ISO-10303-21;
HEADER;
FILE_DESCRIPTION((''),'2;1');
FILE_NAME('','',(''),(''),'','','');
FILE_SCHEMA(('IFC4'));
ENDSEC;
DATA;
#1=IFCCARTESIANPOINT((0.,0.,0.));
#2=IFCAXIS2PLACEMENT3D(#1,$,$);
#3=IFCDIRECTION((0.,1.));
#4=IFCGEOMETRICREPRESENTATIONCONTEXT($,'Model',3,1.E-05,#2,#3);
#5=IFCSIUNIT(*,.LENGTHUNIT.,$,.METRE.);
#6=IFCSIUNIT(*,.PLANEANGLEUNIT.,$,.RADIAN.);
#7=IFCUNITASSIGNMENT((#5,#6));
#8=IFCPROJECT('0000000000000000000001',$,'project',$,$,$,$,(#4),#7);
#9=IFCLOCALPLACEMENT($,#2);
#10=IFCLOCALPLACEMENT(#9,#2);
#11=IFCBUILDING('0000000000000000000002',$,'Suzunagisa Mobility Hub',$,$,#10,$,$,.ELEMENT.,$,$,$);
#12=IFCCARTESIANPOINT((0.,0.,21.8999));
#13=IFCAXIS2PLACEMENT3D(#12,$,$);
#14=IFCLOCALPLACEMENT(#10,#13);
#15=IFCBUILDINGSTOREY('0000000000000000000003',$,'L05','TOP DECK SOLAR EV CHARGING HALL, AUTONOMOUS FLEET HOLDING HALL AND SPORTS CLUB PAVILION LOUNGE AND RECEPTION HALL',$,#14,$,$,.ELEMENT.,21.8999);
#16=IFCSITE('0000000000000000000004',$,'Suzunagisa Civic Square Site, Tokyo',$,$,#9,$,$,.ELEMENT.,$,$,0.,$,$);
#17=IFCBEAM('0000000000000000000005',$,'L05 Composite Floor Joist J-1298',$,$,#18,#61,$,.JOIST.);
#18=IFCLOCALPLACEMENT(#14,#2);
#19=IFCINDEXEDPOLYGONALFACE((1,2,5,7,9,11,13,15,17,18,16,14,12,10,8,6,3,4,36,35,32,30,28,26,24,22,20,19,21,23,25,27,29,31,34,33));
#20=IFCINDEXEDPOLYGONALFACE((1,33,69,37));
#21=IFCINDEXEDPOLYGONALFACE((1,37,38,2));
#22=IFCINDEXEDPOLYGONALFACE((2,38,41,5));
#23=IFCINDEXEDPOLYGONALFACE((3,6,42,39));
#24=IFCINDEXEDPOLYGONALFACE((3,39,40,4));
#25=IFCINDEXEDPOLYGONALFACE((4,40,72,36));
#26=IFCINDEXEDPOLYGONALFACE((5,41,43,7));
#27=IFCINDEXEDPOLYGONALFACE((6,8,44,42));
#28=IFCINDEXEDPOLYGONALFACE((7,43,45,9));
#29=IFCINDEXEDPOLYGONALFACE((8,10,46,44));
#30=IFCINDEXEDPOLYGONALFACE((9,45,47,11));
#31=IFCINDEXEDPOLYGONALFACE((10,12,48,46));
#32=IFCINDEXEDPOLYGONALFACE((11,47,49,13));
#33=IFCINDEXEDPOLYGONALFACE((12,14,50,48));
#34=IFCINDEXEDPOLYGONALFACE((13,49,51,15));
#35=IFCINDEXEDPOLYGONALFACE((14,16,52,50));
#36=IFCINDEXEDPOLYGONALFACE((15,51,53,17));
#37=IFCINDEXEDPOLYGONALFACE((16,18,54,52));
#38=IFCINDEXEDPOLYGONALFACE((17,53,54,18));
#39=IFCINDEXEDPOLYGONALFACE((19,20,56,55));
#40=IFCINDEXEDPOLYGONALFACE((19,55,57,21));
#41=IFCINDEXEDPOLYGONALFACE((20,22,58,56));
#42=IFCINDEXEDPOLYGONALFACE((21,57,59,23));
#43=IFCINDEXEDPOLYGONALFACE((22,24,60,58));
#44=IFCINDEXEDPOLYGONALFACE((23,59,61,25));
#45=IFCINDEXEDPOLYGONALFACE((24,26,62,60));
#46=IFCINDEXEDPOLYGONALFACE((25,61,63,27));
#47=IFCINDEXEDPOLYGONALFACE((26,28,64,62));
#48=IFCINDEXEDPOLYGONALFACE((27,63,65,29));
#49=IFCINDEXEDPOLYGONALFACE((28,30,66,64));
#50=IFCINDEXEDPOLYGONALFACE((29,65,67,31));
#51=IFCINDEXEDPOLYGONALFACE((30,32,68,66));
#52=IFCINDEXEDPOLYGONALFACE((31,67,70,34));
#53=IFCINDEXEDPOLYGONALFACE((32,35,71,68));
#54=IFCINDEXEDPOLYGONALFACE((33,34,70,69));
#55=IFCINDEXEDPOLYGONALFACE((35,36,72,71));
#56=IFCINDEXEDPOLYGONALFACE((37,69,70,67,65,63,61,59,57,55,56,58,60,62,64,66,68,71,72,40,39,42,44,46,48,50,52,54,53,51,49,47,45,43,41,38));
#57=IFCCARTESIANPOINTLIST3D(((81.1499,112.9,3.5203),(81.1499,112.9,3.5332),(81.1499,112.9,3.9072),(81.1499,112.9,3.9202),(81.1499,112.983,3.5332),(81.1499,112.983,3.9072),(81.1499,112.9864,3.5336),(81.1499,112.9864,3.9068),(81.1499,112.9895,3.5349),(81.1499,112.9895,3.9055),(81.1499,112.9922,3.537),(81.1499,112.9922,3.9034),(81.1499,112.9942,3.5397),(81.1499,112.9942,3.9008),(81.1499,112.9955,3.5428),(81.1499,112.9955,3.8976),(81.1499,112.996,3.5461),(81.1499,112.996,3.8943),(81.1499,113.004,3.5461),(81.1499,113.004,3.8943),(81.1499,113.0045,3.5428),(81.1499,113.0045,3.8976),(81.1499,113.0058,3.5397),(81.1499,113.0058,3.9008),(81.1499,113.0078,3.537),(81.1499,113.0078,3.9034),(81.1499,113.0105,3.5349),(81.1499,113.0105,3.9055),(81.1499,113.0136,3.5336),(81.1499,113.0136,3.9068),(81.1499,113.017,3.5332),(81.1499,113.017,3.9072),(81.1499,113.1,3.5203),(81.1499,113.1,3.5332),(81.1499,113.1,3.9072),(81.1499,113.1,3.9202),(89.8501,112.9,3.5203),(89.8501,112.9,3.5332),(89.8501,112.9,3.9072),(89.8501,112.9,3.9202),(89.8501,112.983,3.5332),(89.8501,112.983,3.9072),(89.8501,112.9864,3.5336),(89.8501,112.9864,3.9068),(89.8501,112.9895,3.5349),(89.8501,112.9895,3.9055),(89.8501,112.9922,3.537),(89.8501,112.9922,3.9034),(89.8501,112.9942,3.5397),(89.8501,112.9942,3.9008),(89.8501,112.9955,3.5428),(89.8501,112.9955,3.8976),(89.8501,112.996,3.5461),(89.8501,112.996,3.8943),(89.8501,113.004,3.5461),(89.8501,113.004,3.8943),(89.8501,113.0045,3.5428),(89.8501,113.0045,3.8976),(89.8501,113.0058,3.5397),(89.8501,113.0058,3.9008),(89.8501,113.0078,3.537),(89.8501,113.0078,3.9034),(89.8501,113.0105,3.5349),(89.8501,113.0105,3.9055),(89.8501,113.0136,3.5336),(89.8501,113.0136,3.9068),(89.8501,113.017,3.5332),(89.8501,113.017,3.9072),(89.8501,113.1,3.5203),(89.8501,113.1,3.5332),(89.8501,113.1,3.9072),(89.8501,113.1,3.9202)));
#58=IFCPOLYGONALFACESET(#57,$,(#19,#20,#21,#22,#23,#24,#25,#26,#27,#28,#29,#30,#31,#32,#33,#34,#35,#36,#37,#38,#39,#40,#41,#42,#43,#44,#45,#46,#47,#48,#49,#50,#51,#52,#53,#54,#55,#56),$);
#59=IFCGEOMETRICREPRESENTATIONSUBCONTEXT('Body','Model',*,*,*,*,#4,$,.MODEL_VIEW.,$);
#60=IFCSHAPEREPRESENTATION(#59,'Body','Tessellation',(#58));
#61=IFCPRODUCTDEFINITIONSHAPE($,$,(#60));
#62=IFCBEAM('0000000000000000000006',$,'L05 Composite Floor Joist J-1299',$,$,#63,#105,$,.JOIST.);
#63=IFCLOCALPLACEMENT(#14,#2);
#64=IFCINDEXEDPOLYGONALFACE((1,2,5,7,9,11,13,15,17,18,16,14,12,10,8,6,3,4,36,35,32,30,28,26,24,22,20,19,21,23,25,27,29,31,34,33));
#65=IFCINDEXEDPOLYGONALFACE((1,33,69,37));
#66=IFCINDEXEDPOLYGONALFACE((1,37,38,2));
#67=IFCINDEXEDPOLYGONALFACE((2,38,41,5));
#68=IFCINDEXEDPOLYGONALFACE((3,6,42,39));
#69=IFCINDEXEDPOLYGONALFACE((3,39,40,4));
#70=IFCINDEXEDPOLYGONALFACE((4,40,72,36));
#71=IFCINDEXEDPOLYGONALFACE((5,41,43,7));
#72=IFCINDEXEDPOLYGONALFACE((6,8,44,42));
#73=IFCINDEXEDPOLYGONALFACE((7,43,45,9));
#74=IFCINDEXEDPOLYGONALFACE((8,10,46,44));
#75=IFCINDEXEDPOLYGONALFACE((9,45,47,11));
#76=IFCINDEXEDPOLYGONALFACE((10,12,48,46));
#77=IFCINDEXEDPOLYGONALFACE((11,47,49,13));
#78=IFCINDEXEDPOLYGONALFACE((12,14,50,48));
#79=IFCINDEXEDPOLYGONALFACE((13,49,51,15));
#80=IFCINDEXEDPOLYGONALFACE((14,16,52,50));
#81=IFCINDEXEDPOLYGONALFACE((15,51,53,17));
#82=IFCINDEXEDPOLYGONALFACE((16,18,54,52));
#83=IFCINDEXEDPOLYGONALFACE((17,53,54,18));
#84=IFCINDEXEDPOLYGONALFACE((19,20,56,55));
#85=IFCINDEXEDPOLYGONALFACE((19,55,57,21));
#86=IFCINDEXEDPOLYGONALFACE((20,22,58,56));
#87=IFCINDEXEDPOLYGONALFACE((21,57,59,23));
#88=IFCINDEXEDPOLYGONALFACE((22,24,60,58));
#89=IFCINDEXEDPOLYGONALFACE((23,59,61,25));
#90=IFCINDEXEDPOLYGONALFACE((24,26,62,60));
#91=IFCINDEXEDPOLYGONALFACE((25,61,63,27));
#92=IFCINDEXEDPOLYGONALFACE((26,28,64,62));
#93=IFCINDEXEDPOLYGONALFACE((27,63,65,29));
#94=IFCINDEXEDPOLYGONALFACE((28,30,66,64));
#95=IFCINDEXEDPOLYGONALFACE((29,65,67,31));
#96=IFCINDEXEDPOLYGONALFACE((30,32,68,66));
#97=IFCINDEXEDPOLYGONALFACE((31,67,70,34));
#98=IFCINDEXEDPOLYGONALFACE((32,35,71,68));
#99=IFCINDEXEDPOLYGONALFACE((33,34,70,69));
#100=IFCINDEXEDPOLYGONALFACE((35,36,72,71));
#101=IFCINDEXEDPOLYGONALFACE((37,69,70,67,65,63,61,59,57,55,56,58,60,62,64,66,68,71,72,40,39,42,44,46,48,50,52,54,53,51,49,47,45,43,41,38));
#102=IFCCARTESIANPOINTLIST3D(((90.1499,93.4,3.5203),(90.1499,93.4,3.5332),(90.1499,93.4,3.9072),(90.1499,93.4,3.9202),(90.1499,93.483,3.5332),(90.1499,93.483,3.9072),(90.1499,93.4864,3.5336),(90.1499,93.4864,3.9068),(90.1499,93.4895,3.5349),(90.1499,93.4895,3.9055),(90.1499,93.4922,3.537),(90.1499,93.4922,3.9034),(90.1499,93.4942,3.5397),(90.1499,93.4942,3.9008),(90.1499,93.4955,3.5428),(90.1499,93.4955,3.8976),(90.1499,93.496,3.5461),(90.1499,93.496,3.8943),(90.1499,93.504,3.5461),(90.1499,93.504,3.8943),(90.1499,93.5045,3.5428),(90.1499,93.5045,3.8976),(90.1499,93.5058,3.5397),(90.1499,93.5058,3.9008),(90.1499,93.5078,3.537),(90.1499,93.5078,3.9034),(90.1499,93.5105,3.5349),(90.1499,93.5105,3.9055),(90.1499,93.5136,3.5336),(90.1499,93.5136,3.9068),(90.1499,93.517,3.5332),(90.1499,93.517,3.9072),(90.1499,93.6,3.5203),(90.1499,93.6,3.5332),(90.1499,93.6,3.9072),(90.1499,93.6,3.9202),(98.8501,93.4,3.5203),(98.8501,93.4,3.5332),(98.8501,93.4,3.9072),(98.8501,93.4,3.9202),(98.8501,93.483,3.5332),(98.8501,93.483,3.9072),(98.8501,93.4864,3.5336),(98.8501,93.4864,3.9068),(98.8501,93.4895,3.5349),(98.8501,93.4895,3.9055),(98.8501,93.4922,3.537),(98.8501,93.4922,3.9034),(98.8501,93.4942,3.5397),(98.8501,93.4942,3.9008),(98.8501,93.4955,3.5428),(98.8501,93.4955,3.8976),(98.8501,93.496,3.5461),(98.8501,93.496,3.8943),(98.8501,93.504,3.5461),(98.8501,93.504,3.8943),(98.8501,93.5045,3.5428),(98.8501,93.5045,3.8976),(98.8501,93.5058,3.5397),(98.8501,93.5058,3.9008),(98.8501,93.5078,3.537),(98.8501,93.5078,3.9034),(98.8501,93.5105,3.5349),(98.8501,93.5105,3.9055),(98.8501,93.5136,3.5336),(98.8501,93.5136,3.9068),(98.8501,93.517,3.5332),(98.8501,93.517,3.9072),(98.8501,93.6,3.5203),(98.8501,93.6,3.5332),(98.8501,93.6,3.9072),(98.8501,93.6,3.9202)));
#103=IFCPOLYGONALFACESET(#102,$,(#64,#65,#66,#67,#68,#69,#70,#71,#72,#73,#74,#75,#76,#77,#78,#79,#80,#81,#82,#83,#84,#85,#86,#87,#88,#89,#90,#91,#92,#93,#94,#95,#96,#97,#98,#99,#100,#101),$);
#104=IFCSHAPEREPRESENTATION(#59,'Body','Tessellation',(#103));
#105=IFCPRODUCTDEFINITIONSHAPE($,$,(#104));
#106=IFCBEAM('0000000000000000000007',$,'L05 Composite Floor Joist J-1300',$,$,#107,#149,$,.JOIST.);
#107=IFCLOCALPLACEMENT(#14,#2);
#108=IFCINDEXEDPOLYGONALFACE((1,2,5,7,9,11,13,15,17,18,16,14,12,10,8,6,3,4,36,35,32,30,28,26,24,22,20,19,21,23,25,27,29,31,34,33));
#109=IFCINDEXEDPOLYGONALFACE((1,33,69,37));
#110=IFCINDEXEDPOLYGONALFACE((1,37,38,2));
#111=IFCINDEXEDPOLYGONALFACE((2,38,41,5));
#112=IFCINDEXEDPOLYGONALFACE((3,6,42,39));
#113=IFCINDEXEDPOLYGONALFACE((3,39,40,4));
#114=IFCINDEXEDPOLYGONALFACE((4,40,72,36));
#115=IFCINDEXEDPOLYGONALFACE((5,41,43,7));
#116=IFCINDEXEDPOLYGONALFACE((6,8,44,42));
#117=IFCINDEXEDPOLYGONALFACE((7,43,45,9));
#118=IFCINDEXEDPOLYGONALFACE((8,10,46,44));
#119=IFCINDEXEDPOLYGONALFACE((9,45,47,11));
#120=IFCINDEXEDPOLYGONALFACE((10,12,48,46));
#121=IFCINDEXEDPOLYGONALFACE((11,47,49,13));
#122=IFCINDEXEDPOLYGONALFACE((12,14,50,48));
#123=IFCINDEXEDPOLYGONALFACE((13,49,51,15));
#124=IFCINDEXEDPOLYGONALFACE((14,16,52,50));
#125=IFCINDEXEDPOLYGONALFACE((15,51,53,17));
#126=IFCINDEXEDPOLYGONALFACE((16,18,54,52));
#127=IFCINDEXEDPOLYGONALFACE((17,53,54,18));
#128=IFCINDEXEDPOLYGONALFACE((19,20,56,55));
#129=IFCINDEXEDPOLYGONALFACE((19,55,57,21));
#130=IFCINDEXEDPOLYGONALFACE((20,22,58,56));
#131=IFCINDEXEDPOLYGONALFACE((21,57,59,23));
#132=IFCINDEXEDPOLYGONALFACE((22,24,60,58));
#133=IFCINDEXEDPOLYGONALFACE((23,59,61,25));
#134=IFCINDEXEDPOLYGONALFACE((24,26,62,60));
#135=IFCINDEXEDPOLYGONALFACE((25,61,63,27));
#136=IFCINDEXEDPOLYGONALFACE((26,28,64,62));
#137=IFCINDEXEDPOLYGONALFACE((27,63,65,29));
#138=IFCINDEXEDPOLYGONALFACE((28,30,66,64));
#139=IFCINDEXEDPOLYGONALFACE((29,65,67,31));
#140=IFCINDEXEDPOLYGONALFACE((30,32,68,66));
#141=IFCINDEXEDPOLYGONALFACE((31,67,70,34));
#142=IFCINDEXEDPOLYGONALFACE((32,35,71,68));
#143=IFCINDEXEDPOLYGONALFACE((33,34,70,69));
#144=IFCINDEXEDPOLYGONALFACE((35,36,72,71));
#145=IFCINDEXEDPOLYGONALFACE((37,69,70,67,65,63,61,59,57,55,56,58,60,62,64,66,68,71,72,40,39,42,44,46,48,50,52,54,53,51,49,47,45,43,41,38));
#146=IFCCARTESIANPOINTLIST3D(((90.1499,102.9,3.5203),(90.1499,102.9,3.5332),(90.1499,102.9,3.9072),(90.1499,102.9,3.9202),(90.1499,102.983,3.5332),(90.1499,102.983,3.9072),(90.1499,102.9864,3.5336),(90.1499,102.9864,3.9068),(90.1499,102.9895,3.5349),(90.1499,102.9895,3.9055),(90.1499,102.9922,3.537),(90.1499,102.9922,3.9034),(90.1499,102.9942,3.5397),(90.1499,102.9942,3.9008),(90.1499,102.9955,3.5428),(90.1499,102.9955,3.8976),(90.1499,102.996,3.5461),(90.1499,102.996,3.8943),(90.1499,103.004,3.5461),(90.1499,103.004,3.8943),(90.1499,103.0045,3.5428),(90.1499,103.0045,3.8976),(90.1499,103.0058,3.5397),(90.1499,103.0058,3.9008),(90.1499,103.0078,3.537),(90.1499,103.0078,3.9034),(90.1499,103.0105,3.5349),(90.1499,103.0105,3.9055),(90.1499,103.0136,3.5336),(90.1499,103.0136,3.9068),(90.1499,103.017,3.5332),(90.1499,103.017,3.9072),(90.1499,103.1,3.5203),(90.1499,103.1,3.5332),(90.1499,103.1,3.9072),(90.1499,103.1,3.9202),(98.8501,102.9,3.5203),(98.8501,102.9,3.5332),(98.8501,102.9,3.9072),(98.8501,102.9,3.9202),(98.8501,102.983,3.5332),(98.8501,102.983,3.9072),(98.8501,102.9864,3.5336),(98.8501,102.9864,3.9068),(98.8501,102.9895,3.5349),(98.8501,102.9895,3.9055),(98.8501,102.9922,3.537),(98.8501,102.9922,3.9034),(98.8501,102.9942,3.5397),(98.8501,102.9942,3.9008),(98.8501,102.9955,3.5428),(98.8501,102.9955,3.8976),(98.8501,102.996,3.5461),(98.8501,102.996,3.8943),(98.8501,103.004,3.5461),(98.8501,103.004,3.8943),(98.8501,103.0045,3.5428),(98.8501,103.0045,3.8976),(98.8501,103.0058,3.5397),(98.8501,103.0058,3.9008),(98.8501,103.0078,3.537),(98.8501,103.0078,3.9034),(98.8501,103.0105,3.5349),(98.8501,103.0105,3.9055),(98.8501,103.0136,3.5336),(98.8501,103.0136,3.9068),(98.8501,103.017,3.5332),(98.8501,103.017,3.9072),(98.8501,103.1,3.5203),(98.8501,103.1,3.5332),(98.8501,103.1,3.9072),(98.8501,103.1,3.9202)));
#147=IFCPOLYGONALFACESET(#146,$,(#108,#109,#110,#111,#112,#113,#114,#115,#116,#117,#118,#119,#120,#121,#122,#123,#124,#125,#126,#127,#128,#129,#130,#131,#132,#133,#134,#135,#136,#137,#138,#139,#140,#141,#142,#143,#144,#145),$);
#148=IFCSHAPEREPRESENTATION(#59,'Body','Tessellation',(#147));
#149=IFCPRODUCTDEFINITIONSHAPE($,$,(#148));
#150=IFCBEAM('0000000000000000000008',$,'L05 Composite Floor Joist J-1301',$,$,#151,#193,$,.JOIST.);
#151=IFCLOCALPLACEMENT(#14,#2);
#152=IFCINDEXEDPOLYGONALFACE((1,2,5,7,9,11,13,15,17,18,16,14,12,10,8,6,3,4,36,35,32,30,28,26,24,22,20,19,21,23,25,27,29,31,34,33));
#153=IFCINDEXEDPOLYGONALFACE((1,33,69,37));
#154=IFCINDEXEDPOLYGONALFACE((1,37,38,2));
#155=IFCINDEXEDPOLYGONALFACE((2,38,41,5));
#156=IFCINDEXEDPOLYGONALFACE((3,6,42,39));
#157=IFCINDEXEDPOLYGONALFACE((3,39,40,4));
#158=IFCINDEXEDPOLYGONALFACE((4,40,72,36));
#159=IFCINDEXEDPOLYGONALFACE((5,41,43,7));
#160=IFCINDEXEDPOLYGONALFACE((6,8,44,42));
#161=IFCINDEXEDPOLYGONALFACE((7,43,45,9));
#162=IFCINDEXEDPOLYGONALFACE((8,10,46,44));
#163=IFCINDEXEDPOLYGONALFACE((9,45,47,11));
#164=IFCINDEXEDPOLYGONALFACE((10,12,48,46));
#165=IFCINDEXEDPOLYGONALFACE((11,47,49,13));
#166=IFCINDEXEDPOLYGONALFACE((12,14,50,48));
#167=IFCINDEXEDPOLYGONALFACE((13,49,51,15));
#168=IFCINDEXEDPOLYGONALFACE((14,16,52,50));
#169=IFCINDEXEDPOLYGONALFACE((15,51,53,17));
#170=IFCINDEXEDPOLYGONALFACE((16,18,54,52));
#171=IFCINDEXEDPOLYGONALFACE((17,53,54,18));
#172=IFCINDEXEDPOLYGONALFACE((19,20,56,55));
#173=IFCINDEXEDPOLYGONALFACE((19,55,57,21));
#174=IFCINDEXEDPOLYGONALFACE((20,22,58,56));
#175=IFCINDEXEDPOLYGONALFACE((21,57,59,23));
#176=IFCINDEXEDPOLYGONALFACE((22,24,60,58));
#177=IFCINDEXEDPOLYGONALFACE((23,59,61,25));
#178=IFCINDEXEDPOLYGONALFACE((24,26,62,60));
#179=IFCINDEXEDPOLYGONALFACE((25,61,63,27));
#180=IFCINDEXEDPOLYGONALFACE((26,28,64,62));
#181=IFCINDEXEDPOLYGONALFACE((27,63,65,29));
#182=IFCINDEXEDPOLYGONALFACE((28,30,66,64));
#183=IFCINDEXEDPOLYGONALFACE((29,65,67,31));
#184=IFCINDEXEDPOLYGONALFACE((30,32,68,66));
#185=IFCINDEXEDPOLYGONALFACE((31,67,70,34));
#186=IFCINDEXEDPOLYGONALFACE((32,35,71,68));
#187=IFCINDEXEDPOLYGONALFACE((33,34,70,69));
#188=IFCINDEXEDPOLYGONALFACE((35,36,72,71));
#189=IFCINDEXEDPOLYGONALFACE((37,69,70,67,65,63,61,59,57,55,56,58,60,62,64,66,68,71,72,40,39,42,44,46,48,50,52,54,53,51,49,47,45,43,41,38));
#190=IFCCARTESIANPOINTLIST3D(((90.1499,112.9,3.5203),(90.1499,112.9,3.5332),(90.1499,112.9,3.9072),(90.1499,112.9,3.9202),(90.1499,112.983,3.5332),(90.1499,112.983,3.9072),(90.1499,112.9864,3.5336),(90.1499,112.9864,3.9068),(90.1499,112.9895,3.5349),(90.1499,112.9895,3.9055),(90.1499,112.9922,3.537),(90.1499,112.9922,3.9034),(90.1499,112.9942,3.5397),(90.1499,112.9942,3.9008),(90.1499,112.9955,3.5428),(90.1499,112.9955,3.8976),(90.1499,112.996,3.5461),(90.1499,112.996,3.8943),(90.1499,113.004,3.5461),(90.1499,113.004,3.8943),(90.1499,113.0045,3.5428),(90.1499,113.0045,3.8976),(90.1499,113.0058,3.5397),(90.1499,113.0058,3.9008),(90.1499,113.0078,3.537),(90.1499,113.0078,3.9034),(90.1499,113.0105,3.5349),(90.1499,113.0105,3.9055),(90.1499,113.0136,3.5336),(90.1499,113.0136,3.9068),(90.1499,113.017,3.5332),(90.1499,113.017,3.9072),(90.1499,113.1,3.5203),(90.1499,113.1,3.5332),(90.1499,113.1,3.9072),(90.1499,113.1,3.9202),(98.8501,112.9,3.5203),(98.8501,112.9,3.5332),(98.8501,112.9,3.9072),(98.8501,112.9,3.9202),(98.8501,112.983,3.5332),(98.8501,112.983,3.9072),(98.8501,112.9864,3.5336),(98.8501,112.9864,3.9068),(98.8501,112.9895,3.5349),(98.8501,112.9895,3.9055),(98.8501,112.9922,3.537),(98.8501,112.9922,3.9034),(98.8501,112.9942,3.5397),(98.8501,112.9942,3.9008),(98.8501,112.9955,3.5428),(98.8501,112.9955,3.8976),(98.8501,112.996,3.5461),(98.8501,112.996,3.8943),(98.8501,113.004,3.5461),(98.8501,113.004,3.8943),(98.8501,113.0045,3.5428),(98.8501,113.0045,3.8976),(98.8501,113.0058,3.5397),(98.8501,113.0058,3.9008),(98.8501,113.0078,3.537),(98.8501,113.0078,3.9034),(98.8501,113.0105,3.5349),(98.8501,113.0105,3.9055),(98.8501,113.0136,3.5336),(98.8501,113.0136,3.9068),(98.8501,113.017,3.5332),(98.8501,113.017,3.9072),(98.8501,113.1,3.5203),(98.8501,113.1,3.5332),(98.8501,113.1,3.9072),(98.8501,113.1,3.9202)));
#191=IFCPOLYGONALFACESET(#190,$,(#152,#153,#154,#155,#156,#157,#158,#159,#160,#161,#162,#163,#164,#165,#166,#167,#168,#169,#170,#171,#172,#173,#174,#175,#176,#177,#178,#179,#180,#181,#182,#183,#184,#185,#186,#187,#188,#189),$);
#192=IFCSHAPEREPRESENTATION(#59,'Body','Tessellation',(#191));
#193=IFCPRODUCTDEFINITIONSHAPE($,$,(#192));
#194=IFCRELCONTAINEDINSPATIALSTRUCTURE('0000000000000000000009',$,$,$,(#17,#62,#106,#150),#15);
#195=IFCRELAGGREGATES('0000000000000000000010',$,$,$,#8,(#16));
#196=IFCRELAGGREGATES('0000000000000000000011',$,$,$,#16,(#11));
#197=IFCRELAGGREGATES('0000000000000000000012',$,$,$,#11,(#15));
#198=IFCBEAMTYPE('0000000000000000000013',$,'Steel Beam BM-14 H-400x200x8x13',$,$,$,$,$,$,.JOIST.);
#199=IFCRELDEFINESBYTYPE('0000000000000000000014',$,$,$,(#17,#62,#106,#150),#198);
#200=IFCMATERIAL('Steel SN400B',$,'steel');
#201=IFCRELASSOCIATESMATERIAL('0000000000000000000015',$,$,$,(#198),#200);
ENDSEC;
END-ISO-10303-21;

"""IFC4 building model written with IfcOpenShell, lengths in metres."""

from ifc_helpers import new_model, si_unit, direction, frame, origin, origin_2d, place, context, subcontext, project, spatial, i_section, extrude, material, material_profile, profile_set, type_object, element, save


model = new_model("IFC4")

# Units and contexts
model_context = context("Model", 3, precision=1e-05, world=origin(), true_north=direction((0.0, 1.0)))
body_context = subcontext(model_context, "Body", "Model", "MODEL_VIEW")
ifc_project = project(units=[si_unit("LENGTHUNIT", "METRE"), si_unit("PLANEANGLEUNIT", "RADIAN")], contexts=[model_context])

# Site, building, storey
site_placement = place(None, origin())
site = spatial("IfcSite", under=ifc_project, at=site_placement, Name="Suzunagisa Civic Square Site, Tokyo", CompositionType="ELEMENT", RefElevation=0.0)
building_placement = place(site_placement, origin())
building = spatial("IfcBuilding", under=site, at=building_placement, Name="Suzunagisa Mobility Hub", CompositionType="ELEMENT")
storey_placement = place(building_placement, frame((0.0, 0.0, 21.8999)))
storey = spatial("IfcBuildingStorey", under=building, at=storey_placement, Name="L05", Description="TOP DECK SOLAR EV CHARGING HALL, AUTONOMOUS FLEET HOLDING HALL AND SPORTS CLUB PAVILION LOUNGE AND RECEPTION HALL", CompositionType="ELEMENT", Elevation=21.8999)

# Beams
ifc_material_1 = material(Name="Steel SN400B", Category="steel")
ifc_material_profile_1 = material_profile(ifc_material_1, i_section(OverallWidth=0.2, OverallDepth=0.3999, WebThickness=0.0081, FlangeThickness=0.0129, FilletRadius=0.0129, at=origin_2d()), Name="H-400x200x8x13")
ifc_profile_set_1 = profile_set([ifc_material_profile_1], Name="Steel SN400B")
beam_type_1 = type_object("IfcBeamType", Name="Steel Beam BM-14 H-400x200x8x13", PredefinedType="JOIST", material=ifc_profile_set_1)
for number, where, z_axis, x_axis, name in (
    (1, (81.1499, 113.0, 3.7202), (1.0, 0.0, 0.0), (0.0, 1.0, 0.0), "L05 Composite Floor Joist J-1298"),
    (2, (90.1499, 93.5, 3.7202), (1.0, 0.0, 0.0), (0.0, 1.0, 0.0), "L05 Composite Floor Joist J-1299"),
    (3, (90.1499, 103.0, 3.7202), (1.0, 0.0, 0.0), (0.0, 1.0, 0.0), "L05 Composite Floor Joist J-1300"),
    (4, (90.1499, 113.0, 3.7202), (1.0, 0.0, 0.0), (0.0, 1.0, 0.0), "L05 Composite Floor Joist J-1301"),
):
    element("IfcBeam", number, at=place(storey_placement, frame(where, z_axis=z_axis, x_axis=x_axis)), inside=storey, type_object=beam_type_1, Name=name, PredefinedType="JOIST", context=body_context, shape_type="SweptSolid", body=[
        extrude(i_section(OverallWidth=0.2, OverallDepth=0.3999, WebThickness=0.0081, FlangeThickness=0.0129, FilletRadius=0.0129, at=origin_2d()), origin(), (0.0, 0.0, 1.0), 8.7002),
    ])

save(model, "model.ifc")
